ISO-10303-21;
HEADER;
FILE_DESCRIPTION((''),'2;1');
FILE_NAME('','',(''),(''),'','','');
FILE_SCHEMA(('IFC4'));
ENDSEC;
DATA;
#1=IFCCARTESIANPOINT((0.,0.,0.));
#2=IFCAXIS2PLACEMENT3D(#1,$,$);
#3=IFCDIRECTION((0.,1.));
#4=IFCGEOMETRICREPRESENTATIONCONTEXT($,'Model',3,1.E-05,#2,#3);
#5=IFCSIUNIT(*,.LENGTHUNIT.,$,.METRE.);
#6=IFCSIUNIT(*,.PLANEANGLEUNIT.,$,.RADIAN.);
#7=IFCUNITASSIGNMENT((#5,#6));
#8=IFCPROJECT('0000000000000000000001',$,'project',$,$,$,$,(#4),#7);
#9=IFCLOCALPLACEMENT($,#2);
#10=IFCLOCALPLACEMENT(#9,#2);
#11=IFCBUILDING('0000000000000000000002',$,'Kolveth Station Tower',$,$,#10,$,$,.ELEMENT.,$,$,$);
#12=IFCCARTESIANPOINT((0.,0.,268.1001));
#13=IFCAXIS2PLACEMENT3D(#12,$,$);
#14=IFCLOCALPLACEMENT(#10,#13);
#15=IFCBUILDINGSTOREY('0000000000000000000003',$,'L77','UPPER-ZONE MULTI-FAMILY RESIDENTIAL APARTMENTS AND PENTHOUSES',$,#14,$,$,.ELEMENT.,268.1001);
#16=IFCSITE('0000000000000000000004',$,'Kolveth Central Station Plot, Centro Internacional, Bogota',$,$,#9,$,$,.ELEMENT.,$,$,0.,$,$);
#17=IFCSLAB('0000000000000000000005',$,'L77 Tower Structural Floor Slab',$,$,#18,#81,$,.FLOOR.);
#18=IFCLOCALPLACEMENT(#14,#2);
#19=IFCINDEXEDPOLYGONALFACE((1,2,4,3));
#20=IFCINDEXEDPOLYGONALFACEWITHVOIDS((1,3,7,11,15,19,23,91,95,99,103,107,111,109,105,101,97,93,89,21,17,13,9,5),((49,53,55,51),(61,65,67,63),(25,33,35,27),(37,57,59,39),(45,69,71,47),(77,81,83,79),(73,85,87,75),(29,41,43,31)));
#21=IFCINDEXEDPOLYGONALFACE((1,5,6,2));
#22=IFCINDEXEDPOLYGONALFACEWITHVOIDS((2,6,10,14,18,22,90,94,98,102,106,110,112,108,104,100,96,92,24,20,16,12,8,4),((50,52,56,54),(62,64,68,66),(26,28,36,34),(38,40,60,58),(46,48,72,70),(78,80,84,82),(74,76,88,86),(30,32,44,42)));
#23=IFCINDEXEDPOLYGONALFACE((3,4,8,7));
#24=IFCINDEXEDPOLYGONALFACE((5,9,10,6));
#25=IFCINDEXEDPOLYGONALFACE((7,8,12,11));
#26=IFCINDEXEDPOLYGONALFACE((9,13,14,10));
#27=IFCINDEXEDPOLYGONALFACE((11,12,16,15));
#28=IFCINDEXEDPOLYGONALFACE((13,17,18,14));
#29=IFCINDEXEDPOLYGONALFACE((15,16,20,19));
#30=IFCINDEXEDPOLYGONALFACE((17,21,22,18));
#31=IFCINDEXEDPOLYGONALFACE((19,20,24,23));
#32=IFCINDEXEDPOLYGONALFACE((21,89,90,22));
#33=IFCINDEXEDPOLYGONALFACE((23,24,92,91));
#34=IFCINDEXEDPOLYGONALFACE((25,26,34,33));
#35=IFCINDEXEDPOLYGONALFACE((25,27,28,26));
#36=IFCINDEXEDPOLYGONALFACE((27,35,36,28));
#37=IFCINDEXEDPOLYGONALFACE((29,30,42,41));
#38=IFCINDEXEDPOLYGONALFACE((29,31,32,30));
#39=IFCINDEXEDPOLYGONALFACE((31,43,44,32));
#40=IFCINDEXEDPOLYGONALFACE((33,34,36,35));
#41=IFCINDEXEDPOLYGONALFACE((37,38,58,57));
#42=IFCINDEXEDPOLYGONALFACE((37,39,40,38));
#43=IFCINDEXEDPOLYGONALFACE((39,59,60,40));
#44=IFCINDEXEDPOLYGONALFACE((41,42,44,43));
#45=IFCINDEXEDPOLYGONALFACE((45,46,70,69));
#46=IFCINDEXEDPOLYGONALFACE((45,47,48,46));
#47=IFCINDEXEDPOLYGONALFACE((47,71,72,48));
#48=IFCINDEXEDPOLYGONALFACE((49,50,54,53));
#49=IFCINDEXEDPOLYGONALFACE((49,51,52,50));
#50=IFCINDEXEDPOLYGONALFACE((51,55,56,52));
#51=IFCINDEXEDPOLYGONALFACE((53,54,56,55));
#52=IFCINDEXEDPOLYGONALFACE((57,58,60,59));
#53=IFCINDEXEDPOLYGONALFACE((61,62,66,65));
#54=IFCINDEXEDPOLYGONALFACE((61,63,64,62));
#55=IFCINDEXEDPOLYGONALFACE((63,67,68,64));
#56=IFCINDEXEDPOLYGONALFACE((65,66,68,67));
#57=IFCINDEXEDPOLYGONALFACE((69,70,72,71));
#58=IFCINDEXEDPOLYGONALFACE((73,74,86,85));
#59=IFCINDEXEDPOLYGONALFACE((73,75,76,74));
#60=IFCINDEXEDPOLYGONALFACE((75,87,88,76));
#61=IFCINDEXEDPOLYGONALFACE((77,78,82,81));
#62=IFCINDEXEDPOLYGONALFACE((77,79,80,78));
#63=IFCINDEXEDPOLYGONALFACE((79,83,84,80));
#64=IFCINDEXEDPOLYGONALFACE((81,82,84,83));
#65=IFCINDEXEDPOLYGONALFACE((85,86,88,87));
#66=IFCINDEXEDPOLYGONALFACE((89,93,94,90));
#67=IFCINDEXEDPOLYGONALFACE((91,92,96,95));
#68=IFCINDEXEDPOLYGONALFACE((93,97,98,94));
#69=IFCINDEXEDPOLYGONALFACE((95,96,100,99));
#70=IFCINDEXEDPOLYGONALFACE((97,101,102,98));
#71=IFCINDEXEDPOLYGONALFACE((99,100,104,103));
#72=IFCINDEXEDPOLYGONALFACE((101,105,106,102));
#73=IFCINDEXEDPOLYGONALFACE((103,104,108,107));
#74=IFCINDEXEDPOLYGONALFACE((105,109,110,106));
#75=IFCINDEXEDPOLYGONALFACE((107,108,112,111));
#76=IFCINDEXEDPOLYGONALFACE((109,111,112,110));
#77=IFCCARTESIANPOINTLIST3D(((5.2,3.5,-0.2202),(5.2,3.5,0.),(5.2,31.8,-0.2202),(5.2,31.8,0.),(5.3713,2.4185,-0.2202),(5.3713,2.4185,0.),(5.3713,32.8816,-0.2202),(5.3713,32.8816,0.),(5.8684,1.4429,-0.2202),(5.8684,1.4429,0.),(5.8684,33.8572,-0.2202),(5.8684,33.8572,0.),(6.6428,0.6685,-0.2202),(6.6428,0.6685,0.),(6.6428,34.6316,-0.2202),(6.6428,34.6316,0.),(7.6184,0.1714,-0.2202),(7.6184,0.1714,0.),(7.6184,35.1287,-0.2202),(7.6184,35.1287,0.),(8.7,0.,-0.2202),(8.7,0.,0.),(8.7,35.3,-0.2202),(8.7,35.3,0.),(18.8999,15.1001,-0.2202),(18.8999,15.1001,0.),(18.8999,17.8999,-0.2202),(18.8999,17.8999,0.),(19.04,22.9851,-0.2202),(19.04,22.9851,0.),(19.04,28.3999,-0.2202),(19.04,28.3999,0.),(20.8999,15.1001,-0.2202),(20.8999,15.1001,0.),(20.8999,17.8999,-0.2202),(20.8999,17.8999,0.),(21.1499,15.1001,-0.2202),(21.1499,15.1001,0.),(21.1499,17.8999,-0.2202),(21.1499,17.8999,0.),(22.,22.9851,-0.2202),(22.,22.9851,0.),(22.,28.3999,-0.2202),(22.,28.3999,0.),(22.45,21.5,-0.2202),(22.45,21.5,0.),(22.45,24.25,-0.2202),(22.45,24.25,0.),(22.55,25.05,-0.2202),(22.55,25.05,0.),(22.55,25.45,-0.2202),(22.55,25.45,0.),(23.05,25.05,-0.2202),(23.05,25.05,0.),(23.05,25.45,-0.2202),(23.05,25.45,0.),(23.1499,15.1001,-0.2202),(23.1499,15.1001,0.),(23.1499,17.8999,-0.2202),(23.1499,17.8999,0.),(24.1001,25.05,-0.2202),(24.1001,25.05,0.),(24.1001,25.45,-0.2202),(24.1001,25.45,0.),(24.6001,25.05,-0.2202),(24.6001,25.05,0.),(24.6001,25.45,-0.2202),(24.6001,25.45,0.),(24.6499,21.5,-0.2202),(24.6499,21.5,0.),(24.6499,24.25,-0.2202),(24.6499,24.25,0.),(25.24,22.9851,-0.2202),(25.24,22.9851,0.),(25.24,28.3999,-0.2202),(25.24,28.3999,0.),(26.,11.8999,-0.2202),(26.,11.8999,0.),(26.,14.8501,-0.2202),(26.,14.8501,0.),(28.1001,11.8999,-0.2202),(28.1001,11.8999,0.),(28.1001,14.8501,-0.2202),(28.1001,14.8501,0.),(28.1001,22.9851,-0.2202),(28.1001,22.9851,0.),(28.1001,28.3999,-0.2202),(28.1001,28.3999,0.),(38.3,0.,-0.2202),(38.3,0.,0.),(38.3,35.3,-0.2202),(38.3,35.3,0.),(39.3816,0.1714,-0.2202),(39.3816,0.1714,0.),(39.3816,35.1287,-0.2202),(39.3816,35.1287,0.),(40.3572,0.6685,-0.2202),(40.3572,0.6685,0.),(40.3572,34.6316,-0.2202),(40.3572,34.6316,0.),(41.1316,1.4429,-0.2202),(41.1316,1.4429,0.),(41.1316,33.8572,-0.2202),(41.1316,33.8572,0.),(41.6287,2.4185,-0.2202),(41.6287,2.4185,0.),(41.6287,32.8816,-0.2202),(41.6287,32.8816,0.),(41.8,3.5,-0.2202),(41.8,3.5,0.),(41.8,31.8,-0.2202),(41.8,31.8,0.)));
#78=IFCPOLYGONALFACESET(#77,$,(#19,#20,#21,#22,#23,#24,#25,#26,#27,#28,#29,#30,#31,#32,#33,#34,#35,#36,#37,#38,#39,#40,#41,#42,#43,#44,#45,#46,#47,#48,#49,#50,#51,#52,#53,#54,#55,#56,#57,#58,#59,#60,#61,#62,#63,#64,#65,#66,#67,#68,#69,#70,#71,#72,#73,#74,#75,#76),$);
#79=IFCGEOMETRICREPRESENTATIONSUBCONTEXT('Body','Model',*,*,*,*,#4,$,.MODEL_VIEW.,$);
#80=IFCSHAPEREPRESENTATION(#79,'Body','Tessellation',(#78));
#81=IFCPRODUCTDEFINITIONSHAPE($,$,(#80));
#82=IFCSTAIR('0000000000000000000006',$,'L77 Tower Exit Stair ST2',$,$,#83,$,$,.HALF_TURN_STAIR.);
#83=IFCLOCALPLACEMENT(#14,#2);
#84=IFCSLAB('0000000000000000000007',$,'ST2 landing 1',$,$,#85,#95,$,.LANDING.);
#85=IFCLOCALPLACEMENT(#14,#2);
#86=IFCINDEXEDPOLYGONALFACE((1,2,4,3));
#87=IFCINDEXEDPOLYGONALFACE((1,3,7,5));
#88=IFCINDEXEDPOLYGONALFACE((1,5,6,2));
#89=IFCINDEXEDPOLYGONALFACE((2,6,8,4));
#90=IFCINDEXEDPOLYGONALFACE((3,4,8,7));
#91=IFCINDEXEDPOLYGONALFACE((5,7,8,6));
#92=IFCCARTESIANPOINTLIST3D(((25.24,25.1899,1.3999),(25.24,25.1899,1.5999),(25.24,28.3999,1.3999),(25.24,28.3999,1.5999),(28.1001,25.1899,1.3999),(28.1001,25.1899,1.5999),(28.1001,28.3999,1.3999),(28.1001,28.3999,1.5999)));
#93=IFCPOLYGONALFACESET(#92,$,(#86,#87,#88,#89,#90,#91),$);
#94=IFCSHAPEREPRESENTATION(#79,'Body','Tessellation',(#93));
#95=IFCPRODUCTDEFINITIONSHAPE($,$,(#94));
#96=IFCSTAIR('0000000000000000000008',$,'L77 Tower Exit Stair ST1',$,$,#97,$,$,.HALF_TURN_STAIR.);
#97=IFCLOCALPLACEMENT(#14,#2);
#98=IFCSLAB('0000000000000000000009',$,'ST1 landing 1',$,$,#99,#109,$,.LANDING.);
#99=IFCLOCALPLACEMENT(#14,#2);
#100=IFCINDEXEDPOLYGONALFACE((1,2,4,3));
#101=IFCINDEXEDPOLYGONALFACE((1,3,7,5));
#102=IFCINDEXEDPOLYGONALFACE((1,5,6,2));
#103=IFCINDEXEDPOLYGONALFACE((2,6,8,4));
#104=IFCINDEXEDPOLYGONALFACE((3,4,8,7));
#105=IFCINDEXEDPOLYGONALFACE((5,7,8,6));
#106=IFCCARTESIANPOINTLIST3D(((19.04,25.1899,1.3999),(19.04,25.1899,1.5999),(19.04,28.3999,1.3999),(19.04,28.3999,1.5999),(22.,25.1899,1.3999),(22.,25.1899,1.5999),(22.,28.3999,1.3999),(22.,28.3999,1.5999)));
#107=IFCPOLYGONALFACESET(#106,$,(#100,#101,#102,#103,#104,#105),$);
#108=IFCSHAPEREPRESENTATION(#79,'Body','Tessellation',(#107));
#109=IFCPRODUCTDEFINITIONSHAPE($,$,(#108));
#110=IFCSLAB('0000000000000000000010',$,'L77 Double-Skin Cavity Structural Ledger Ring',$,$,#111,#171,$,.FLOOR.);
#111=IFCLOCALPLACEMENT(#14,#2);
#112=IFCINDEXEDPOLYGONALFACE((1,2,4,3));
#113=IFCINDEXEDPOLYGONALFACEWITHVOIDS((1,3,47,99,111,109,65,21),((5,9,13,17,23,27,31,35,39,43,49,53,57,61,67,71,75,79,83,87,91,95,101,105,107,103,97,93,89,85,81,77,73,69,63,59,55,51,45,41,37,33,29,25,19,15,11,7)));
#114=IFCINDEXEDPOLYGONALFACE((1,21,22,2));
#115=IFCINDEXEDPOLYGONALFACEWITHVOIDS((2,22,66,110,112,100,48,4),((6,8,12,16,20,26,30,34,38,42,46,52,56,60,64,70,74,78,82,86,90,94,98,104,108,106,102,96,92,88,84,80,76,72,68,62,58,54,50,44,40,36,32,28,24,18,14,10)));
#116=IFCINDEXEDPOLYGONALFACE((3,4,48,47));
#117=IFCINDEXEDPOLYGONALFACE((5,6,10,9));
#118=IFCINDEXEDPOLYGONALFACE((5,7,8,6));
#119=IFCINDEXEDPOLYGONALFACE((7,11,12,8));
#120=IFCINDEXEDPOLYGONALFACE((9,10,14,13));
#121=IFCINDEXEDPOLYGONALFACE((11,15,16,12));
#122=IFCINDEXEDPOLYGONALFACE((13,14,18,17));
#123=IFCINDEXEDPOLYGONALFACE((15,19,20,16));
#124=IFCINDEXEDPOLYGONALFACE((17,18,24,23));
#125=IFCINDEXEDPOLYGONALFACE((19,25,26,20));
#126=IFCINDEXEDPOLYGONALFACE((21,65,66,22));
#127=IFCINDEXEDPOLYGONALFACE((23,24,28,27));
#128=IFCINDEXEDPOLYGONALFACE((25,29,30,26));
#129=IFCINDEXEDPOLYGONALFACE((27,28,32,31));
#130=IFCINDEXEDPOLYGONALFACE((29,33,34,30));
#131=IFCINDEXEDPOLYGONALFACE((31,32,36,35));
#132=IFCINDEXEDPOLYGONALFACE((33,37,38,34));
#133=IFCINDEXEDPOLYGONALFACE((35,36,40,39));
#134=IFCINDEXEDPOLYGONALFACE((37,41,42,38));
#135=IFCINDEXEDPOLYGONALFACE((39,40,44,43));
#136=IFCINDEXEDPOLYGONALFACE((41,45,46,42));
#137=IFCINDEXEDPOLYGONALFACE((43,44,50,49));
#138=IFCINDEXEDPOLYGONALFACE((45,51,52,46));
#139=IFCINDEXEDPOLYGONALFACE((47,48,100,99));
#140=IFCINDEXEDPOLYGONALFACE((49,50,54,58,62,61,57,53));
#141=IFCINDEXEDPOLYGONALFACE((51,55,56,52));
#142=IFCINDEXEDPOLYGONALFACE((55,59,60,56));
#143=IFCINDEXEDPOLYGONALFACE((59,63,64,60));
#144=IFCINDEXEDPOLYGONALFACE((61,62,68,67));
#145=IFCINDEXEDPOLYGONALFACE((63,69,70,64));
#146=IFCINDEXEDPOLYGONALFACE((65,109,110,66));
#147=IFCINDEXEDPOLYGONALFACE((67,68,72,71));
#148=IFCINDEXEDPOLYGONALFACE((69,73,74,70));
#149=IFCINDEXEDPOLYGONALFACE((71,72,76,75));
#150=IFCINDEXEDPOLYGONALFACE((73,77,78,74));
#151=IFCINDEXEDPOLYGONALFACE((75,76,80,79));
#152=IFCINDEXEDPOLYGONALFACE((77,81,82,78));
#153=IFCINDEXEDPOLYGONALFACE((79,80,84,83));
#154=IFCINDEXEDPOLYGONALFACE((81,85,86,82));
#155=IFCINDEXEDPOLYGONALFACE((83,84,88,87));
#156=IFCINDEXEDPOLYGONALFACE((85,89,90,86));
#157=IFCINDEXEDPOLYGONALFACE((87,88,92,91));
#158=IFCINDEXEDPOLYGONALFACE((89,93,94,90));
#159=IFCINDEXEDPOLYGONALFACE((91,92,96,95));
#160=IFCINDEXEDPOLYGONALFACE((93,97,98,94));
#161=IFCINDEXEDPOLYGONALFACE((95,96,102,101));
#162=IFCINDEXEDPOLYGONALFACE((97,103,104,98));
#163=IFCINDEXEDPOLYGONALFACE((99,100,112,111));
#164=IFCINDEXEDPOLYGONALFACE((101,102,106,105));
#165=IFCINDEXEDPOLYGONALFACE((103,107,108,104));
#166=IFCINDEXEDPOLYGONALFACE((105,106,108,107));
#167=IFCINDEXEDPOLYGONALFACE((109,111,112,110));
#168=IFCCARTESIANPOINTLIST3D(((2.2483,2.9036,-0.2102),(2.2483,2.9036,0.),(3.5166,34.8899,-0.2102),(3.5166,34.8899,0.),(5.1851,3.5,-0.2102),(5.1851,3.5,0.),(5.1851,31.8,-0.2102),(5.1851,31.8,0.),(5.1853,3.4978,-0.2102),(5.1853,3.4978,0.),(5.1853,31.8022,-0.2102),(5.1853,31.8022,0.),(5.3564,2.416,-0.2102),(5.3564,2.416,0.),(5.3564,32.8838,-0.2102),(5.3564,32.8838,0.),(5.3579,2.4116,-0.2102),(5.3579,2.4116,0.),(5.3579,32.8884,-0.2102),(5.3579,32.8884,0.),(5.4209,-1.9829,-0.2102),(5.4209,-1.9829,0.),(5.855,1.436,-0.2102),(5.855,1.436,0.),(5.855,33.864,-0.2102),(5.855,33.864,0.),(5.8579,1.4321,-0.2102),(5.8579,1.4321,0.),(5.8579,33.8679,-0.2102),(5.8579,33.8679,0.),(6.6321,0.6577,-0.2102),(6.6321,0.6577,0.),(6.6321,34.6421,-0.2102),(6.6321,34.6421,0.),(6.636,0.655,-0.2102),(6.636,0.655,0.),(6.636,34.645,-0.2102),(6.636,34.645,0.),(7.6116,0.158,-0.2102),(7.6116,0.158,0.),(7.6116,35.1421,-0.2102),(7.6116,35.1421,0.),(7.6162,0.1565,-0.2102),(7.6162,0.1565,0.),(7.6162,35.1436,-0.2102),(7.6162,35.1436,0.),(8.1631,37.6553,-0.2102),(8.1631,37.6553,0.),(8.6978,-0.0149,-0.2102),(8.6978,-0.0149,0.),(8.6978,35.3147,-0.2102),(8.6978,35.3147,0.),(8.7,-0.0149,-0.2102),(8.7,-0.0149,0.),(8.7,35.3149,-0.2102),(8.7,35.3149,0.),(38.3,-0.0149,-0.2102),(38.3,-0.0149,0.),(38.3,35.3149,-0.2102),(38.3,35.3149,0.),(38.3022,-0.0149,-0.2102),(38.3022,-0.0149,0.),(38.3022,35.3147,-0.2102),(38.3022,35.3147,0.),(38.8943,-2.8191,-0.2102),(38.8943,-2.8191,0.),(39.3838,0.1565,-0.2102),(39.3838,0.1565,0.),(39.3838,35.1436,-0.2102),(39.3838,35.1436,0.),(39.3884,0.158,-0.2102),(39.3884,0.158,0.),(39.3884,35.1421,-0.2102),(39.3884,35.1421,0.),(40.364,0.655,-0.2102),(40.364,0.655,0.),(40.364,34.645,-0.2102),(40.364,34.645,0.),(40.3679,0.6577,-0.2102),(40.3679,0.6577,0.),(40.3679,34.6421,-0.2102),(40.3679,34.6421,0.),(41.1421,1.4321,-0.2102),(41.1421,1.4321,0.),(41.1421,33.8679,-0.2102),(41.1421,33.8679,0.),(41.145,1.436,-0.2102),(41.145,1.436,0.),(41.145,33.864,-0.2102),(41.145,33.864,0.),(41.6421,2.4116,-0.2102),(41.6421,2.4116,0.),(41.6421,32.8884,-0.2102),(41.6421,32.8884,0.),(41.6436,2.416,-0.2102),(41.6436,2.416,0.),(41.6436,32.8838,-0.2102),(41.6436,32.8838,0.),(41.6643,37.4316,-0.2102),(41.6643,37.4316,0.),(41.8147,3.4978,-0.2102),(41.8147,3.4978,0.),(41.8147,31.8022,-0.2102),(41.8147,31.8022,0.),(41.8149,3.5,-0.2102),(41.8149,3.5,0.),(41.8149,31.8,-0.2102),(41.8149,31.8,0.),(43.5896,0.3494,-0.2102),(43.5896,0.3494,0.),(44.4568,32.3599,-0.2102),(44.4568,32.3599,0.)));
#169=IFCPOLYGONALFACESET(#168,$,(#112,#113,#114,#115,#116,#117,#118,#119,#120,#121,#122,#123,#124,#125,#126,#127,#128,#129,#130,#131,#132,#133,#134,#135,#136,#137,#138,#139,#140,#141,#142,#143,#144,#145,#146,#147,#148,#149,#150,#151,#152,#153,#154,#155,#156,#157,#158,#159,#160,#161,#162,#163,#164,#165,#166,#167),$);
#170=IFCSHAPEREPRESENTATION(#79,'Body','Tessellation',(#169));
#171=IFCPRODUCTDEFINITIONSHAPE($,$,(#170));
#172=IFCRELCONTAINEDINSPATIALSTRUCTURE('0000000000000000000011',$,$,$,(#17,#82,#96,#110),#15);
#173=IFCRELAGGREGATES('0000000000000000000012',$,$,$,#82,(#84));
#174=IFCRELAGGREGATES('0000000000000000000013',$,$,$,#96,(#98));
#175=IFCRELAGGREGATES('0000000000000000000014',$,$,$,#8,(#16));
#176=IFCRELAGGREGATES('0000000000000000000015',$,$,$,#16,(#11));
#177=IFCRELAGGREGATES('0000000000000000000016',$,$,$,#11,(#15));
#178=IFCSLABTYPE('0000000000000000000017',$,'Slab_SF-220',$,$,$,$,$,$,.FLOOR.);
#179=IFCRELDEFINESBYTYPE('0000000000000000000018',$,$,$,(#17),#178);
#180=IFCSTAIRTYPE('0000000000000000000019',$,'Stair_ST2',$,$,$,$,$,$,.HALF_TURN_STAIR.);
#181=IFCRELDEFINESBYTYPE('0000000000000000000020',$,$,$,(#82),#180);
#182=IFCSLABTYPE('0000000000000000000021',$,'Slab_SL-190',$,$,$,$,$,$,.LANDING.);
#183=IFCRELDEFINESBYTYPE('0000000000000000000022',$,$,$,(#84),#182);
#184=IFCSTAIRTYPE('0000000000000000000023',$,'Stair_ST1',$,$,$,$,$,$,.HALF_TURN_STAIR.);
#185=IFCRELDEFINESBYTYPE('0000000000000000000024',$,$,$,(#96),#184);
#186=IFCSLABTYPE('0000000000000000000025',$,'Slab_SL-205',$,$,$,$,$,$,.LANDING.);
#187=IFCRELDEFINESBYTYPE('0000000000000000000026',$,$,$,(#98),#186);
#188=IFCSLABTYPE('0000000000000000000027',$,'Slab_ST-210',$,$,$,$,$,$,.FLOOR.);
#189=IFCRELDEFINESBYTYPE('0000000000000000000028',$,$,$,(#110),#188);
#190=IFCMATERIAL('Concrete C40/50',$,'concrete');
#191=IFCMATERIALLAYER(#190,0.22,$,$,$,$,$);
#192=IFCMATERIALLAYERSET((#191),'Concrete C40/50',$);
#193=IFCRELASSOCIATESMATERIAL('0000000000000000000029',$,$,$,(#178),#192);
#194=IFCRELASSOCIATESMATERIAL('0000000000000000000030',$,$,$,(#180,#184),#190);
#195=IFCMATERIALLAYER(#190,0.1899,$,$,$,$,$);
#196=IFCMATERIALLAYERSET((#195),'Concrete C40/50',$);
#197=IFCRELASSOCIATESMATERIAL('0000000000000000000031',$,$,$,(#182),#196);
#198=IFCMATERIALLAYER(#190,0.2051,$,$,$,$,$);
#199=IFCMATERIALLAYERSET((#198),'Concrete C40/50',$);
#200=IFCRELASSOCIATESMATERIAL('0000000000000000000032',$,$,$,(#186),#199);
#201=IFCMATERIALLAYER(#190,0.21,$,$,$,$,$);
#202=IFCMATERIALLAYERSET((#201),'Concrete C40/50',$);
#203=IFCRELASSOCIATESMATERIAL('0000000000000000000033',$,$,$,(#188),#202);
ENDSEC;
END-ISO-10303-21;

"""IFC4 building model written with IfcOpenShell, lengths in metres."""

from ifc_helpers import new_model, si_unit, direction, frame, origin, place, context, subcontext, project, spatial, polyline, outline, extrude, material, layer, layer_set, type_object, element, aggregate, save


model = new_model("IFC4")

# Units and contexts
model_context = context("Model", 3, precision=1e-05, world=origin(), true_north=direction((0.0, 1.0)))
body_context = subcontext(model_context, "Body", "Model", "MODEL_VIEW")
ifc_project = project(units=[si_unit("LENGTHUNIT", "METRE"), si_unit("PLANEANGLEUNIT", "RADIAN")], contexts=[model_context])

# Site, building, storey
site_placement = place(None, origin())
site = spatial("IfcSite", under=ifc_project, at=site_placement, Name="Kolveth Central Station Plot, Centro Internacional, Bogota", CompositionType="ELEMENT", RefElevation=0.0)
building_placement = place(site_placement, origin())
building = spatial("IfcBuilding", under=site, at=building_placement, Name="Kolveth Station Tower", CompositionType="ELEMENT")
storey_placement = place(building_placement, frame((0.0, 0.0, 268.1001)))
storey = spatial("IfcBuildingStorey", under=building, at=storey_placement, Name="L77", Description="UPPER-ZONE MULTI-FAMILY RESIDENTIAL APARTMENTS AND PENTHOUSES", CompositionType="ELEMENT", Elevation=268.1001)

# Slab
ifc_material_1 = material(Name="Concrete C40/50", Category="concrete")
ifc_layer_1 = layer(ifc_material_1, 0.22)
ifc_layer_set_1 = layer_set([ifc_layer_1], Name="Concrete C40/50")
slab_type_1 = type_object("IfcSlabType", Name="Slab_SF-220", PredefinedType="FLOOR", material=ifc_layer_set_1)
slab_1_placement = place(storey_placement, frame((0.0, 0.0, -0.2202)))
element("IfcSlab", 1, at=slab_1_placement, inside=storey, type_object=slab_type_1, Name="L77 Tower Structural Floor Slab", PredefinedType="FLOOR", context=body_context, shape_type="SweptSolid", body=[
    extrude(outline(polyline([(38.3, 0.0), (39.3816, 0.1714), (40.3572, 0.6685), (41.1316, 1.4429), (41.6287, 2.4185), (41.8, 3.5), (41.8, 31.8), (41.6287, 32.8816), (41.1316, 33.8572), (40.3572, 34.6316), (39.3816, 35.1287), (38.3, 35.3), (8.7, 35.3), (7.6184, 35.1287), (6.6428, 34.6316), (5.8684, 33.8572), (5.3713, 32.8816), (5.2, 31.8), (5.2, 3.5), (5.3713, 2.4185), (5.8684, 1.4429), (6.6428, 0.6685), (7.6184, 0.1714), (8.7, 0.0), (38.3, 0.0)]), holes=[polyline([(19.04, 22.9851), (22.0, 22.9851), (22.0, 28.3999), (19.04, 28.3999), (19.04, 22.9851)]), polyline([(25.24, 22.9851), (28.1001, 22.9851), (28.1001, 28.3999), (25.24, 28.3999), (25.24, 22.9851)]), polyline([(18.8999, 15.1001), (20.8999, 15.1001), (20.8999, 17.8999), (18.8999, 17.8999), (18.8999, 15.1001)]), polyline([(21.1499, 15.1001), (23.1499, 15.1001), (23.1499, 17.8999), (21.1499, 17.8999), (21.1499, 15.1001)]), polyline([(22.45, 21.5), (24.6499, 21.5), (24.6499, 24.25), (22.45, 24.25), (22.45, 21.5)]), polyline([(26.0, 11.8999), (28.1001, 11.8999), (28.1001, 14.8501), (26.0, 14.8501), (26.0, 11.8999)]), polyline([(22.55, 25.05), (23.05, 25.05), (23.05, 25.45), (22.55, 25.45), (22.55, 25.05)]), polyline([(24.1001, 25.05), (24.6001, 25.05), (24.6001, 25.45), (24.1001, 25.45), (24.1001, 25.05)])]), origin(), (0.0, 0.0, 1.0), 0.2202),
])

# Stairs, slabs
stair_type_1 = type_object("IfcStairType", Name="Stair_ST2", PredefinedType="HALF_TURN_STAIR", material=ifc_material_1)
stair_1_placement = place(storey_placement, origin())
stair_1 = element("IfcStair", 2, at=stair_1_placement, inside=storey, type_object=stair_type_1, Name="L77 Tower Exit Stair ST2", PredefinedType="HALF_TURN_STAIR")
ifc_layer_2 = layer(ifc_material_1, 0.1899)
ifc_layer_set_2 = layer_set([ifc_layer_2], Name="Concrete C40/50")
slab_type_2 = type_object("IfcSlabType", Name="Slab_SL-190", PredefinedType="LANDING", material=ifc_layer_set_2)
slab_2_placement = place(storey_placement, frame((0.0, 0.0, 1.3999)))
slab_2 = element("IfcSlab", 3, at=slab_2_placement, type_object=slab_type_2, Name="ST2 landing 1", PredefinedType="LANDING", context=body_context, shape_type="SweptSolid", body=[
    extrude(outline(polyline([(28.1001, 25.1899), (28.1001, 28.3999), (25.24, 28.3999), (25.24, 25.1899), (28.1001, 25.1899)])), origin(), (0.0, 0.0, 1.0), 0.2),
])
aggregate(stair_1, [slab_2])
stair_type_2 = type_object("IfcStairType", Name="Stair_ST1", PredefinedType="HALF_TURN_STAIR", material=ifc_material_1)
stair_2_placement = place(storey_placement, origin())
stair_2 = element("IfcStair", 4, at=stair_2_placement, inside=storey, type_object=stair_type_2, Name="L77 Tower Exit Stair ST1", PredefinedType="HALF_TURN_STAIR")
ifc_layer_3 = layer(ifc_material_1, 0.2051)
ifc_layer_set_3 = layer_set([ifc_layer_3], Name="Concrete C40/50")
slab_type_3 = type_object("IfcSlabType", Name="Slab_SL-205", PredefinedType="LANDING", material=ifc_layer_set_3)
slab_3_placement = place(storey_placement, frame((0.0, 0.0, 1.3999)))
slab_3 = element("IfcSlab", 5, at=slab_3_placement, type_object=slab_type_3, Name="ST1 landing 1", PredefinedType="LANDING", context=body_context, shape_type="SweptSolid", body=[
    extrude(outline(polyline([(22.0, 25.1899), (22.0, 28.3999), (19.04, 28.3999), (19.04, 25.1899), (22.0, 25.1899)])), origin(), (0.0, 0.0, 1.0), 0.2),
])
aggregate(stair_2, [slab_3])

# Slab
ifc_layer_4 = layer(ifc_material_1, 0.21)
ifc_layer_set_4 = layer_set([ifc_layer_4], Name="Concrete C40/50")
slab_type_4 = type_object("IfcSlabType", Name="Slab_ST-210", PredefinedType="FLOOR", material=ifc_layer_set_4)
slab_4_placement = place(storey_placement, frame((0.0, 0.0, -0.2102)))
element("IfcSlab", 6, at=slab_4_placement, inside=storey, type_object=slab_type_4, Name="L77 Double-Skin Cavity Structural Ledger Ring", PredefinedType="FLOOR", context=body_context, shape_type="SweptSolid", body=[
    extrude(outline(polyline([(5.4209, -1.9829), (2.2483, 2.9036), (3.5166, 34.8899), (8.1631, 37.6553), (41.6643, 37.4316), (44.4568, 32.3599), (43.5896, 0.3494), (38.8943, -2.8191), (5.4209, -1.9829)]), holes=[polyline([(38.3022, -0.0149), (39.3838, 0.1565), (39.3884, 0.158), (40.364, 0.655), (40.3679, 0.6577), (41.1421, 1.4321), (41.145, 1.436), (41.6421, 2.4116), (41.6436, 2.416), (41.8147, 3.4978), (41.8149, 3.5), (41.8149, 31.8), (41.8147, 31.8022), (41.6436, 32.8838), (41.6421, 32.8884), (41.145, 33.864), (41.1421, 33.8679), (40.3679, 34.6421), (40.364, 34.645), (39.3884, 35.1421), (39.3838, 35.1436), (38.3022, 35.3147), (38.3, 35.3149), (8.7, 35.3149), (8.6978, 35.3147), (7.6162, 35.1436), (7.6116, 35.1421), (6.636, 34.645), (6.6321, 34.6421), (5.8579, 33.8679), (5.855, 33.864), (5.3579, 32.8884), (5.3564, 32.8838), (5.1853, 31.8022), (5.1851, 31.8), (5.1851, 3.5), (5.1853, 3.4978), (5.3564, 2.416), (5.3579, 2.4116), (5.855, 1.436), (5.8579, 1.4321), (6.6321, 0.6577), (6.636, 0.655), (7.6116, 0.158), (7.6162, 0.1565), (8.6978, -0.0149), (8.7, -0.0149), (38.3, -0.0149), (38.3022, -0.0149)])]), origin(), (0.0, 0.0, 1.0), 0.2102),
])

save(model, "model.ifc")
